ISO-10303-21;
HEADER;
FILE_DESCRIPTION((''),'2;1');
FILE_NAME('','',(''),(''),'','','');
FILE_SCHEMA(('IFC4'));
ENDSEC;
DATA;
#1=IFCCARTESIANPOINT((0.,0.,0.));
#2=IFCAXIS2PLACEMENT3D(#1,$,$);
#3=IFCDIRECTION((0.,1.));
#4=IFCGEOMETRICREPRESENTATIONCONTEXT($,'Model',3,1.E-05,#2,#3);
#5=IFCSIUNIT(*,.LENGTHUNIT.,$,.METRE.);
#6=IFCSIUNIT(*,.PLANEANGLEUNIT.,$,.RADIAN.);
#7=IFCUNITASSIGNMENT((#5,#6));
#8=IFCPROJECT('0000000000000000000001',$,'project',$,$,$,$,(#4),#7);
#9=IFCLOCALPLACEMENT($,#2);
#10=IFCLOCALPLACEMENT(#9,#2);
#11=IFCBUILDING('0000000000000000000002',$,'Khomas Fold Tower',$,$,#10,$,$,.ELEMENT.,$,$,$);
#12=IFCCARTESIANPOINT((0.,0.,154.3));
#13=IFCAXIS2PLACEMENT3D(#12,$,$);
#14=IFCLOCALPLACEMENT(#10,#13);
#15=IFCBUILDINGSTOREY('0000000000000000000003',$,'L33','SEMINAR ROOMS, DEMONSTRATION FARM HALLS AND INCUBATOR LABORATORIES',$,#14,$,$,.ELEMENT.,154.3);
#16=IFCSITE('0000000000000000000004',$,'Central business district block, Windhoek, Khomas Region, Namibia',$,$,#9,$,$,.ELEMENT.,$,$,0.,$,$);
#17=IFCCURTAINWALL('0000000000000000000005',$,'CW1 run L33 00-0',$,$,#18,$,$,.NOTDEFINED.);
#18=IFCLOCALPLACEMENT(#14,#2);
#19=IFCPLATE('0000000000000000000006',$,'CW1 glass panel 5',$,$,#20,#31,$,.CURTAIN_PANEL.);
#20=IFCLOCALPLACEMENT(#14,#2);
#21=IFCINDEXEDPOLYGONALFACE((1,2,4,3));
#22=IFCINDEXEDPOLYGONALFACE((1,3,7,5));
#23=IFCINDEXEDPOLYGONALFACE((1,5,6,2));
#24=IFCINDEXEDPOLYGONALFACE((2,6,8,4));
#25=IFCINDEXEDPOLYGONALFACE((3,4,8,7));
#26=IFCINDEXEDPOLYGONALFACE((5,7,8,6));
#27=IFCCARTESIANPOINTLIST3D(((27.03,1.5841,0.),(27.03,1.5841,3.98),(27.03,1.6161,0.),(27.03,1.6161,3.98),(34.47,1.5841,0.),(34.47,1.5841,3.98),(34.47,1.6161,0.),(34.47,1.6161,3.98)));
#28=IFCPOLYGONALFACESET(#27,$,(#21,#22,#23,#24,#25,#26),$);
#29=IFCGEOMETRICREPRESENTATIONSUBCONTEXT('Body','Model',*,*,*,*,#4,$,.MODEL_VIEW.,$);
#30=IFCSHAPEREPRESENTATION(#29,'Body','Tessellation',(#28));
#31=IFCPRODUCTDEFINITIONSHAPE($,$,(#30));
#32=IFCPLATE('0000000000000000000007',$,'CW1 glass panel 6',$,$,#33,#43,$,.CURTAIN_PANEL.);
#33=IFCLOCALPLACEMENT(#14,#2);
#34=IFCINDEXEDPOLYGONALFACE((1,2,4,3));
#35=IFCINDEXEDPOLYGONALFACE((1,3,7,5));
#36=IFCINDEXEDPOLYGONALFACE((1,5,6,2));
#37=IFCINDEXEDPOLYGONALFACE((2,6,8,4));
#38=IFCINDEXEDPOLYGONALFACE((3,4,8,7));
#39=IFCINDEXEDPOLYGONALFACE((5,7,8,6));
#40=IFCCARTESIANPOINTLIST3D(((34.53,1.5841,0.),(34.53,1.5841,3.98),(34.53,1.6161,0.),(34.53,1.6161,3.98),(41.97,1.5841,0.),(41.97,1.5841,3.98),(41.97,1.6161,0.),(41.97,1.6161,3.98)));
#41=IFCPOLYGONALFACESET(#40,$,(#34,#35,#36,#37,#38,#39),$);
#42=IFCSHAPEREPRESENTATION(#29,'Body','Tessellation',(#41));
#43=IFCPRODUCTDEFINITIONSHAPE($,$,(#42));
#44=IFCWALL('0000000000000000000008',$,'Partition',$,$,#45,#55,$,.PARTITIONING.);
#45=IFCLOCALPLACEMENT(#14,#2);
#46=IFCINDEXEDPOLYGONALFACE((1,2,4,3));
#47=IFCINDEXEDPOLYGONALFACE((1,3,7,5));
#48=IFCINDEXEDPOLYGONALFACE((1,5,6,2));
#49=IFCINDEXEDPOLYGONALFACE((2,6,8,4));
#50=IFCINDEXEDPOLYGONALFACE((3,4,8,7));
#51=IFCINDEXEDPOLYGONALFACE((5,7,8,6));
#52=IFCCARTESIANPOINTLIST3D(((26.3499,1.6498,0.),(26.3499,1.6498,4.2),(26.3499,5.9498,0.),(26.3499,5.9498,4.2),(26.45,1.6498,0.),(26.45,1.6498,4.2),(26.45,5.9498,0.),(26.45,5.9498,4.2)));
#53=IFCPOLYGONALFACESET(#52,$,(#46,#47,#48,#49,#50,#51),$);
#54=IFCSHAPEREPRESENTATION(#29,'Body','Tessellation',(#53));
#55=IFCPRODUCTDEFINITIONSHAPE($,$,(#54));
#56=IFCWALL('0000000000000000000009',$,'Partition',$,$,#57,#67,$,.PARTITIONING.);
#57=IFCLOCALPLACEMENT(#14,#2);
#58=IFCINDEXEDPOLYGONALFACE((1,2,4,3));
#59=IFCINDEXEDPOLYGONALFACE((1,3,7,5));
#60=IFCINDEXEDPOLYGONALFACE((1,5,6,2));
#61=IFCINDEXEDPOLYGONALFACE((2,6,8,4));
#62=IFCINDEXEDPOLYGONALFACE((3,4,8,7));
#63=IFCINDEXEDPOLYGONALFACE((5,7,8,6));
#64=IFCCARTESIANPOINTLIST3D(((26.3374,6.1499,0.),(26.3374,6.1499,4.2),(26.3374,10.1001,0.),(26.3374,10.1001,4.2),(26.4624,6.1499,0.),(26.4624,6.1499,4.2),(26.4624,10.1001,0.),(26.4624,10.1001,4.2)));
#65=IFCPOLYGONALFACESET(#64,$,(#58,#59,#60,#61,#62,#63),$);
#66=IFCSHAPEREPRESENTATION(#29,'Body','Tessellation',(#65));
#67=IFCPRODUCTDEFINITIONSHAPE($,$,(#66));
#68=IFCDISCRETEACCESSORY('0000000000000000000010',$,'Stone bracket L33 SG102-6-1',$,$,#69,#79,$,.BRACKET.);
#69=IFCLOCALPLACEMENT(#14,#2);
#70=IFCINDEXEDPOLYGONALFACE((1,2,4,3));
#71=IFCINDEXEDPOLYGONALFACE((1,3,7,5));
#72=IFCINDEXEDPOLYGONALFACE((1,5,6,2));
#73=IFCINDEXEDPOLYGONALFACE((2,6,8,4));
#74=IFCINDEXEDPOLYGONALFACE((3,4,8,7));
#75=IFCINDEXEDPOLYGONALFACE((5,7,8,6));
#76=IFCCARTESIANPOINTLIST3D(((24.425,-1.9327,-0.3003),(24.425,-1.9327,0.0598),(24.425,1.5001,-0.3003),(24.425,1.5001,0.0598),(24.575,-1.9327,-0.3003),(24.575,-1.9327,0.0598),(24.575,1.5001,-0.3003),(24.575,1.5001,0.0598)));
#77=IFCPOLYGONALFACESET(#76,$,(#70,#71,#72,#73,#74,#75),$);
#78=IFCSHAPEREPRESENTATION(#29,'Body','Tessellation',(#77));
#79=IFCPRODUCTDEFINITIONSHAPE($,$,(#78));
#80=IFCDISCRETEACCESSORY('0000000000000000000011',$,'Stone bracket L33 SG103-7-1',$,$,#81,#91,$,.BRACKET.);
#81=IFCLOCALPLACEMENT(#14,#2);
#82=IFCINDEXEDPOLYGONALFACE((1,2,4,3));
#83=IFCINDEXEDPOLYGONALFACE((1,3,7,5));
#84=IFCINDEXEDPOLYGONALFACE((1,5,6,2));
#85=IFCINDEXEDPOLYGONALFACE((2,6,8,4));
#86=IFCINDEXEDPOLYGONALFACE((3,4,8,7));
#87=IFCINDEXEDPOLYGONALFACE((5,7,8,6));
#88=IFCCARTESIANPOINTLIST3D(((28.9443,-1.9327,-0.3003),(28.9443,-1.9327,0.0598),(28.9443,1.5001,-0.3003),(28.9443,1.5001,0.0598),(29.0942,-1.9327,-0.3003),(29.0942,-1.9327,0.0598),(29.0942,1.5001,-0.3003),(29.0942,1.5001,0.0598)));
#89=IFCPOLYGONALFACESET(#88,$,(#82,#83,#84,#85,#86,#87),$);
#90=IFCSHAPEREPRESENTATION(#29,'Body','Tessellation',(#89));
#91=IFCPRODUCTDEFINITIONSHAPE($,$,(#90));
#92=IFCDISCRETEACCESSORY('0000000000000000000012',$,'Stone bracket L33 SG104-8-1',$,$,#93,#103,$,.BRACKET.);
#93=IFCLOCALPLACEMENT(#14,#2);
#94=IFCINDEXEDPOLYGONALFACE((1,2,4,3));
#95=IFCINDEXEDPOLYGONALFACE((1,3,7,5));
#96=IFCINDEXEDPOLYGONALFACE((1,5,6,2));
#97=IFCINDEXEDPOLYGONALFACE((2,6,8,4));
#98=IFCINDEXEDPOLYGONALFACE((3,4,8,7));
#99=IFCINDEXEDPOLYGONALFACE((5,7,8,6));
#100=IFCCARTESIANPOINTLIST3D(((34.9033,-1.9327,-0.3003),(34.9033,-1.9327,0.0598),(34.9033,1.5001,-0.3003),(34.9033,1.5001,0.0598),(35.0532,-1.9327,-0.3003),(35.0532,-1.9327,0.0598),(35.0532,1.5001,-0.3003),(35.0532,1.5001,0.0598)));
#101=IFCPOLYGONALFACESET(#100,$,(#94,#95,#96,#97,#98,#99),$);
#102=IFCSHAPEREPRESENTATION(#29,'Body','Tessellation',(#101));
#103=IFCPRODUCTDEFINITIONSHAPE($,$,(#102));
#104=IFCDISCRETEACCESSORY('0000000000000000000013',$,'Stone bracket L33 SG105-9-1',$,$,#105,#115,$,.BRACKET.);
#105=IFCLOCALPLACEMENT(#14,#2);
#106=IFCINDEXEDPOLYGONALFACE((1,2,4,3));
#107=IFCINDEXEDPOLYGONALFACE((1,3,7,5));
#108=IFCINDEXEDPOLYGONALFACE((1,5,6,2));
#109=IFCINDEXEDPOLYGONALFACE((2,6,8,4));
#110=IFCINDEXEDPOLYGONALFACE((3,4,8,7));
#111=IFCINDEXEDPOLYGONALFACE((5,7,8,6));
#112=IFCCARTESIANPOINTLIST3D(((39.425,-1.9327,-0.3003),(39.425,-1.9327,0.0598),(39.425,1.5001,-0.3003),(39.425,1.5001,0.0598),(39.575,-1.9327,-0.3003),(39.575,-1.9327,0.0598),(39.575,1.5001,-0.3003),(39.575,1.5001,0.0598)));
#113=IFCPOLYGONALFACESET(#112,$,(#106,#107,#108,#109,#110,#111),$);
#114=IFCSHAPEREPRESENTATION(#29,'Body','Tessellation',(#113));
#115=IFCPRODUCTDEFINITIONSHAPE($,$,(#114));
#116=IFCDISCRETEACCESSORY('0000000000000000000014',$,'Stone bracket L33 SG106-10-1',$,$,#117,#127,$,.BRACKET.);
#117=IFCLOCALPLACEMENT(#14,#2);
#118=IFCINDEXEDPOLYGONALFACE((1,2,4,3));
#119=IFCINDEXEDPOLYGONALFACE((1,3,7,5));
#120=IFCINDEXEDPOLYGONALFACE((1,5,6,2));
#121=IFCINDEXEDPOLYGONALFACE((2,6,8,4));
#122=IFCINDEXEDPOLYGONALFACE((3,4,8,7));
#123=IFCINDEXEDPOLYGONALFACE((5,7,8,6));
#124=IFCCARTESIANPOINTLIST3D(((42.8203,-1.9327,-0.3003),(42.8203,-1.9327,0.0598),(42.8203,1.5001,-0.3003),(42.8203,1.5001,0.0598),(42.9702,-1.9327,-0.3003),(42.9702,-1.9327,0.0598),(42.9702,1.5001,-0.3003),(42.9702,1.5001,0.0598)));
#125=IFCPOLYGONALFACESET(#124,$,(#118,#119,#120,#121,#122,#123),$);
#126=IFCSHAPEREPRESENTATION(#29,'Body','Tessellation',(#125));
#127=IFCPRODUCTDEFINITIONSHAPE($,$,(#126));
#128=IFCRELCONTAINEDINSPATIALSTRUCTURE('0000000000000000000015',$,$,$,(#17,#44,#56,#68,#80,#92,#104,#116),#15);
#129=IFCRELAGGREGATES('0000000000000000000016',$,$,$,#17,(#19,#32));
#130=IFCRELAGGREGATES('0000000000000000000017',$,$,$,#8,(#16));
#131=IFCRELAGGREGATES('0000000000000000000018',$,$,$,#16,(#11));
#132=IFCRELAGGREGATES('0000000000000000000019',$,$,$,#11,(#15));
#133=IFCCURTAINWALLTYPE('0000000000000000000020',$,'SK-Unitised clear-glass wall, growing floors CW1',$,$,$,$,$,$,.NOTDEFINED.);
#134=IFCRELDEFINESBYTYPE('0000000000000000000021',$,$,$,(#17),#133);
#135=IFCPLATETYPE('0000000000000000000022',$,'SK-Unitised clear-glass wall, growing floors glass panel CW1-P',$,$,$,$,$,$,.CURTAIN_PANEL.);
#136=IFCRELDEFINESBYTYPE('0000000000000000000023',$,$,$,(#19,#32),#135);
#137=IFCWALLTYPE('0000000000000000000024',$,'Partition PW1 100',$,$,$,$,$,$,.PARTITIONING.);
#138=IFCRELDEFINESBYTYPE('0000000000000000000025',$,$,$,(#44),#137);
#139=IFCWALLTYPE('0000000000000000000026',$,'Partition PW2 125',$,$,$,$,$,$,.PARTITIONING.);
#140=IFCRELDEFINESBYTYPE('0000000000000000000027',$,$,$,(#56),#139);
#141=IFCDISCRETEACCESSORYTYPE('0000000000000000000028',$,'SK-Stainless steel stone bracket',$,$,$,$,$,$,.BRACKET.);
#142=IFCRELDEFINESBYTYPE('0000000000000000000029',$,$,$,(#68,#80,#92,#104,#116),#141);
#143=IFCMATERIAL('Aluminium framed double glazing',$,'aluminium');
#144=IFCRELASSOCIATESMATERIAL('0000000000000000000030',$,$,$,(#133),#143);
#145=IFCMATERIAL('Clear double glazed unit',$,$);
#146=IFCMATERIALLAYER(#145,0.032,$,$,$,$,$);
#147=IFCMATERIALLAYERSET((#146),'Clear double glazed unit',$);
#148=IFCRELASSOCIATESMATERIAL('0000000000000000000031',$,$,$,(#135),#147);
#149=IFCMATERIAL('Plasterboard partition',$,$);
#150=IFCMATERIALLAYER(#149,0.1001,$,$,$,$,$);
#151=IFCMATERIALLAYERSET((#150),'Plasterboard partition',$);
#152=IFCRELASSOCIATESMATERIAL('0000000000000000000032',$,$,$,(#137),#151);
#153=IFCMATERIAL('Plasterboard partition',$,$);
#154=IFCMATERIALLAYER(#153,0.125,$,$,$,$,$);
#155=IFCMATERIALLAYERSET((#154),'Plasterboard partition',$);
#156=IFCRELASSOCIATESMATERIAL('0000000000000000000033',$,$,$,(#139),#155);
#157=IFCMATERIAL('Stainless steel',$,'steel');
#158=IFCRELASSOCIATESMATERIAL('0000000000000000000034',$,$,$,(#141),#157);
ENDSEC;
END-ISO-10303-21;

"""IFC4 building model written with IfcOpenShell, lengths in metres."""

from ifc_helpers import new_model, si_unit, direction, frame, frame_2d, origin, origin_2d, place, context, subcontext, project, spatial, rectangle, extrude, source, transform, mapped, material, layer, layer_set, type_object, element, aggregate, save


model = new_model("IFC4")

# Units and contexts
model_context = context("Model", 3, precision=1e-05, world=origin(), true_north=direction((0.0, 1.0)))
body_context = subcontext(model_context, "Body", "Model", "MODEL_VIEW")
ifc_project = project(units=[si_unit("LENGTHUNIT", "METRE"), si_unit("PLANEANGLEUNIT", "RADIAN")], contexts=[model_context])

# Site, building, storey
site_placement = place(None, origin())
site = spatial("IfcSite", under=ifc_project, at=site_placement, Name="Central business district block, Windhoek, Khomas Region, Namibia", CompositionType="ELEMENT", RefElevation=0.0)
building_placement = place(site_placement, origin())
building = spatial("IfcBuilding", under=site, at=building_placement, Name="Khomas Fold Tower", CompositionType="ELEMENT")
storey_placement = place(building_placement, frame((0.0, 0.0, 154.3)))
storey = spatial("IfcBuildingStorey", under=building, at=storey_placement, Name="L33", Description="SEMINAR ROOMS, DEMONSTRATION FARM HALLS AND INCUBATOR LABORATORIES", CompositionType="ELEMENT", Elevation=154.3)

# Curtain wall
ifc_material_1 = material(Name="Aluminium framed double glazing", Category="aluminium")
curtain_wall_type = type_object("IfcCurtainWallType", Name="SK-Unitised clear-glass wall, growing floors CW1", PredefinedType="NOTDEFINED", material=ifc_material_1)
curtain_wall_placement = place(storey_placement, origin())
curtain_wall = element("IfcCurtainWall", 1, at=curtain_wall_placement, inside=storey, type_object=curtain_wall_type, Name="CW1 run L33 00-0", PredefinedType="NOTDEFINED")

# Plates
ifc_material_2 = material(Name="Clear double glazed unit")
ifc_layer_1 = layer(ifc_material_2, 0.032)
ifc_layer_set_1 = layer_set([ifc_layer_1], Name="Clear double glazed unit")
plate_type_1 = type_object("IfcPlateType", Name="SK-Unitised clear-glass wall, growing floors glass panel CW1-P", PredefinedType="CURTAIN_PANEL", material=ifc_layer_set_1)
shared_shape_1 = source(origin(), body_context, "Body", "SweptSolid", [
    extrude(rectangle(XDim=7.4399, YDim=0.032, at=origin_2d()), origin(), (0.0, 0.0, 1.0), 3.98),
])
plate_1_placement = place(storey_placement, frame((30.75, 1.6001, 0.0), z_axis=(0.0, 0.0, 1.0), x_axis=(1.0, 0.0, 0.0)))
plate_1 = element("IfcPlate", 2, at=plate_1_placement, type_object=plate_type_1, Name="CW1 glass panel 5", PredefinedType="CURTAIN_PANEL", context=body_context, shape_type="MappedRepresentation", body=[
    mapped(shared_shape_1, transform((0.0, 0.0, 0.0))),
])
plate_2_placement = place(storey_placement, frame((38.25, 1.6001, 0.0), z_axis=(0.0, 0.0, 1.0), x_axis=(1.0, 0.0, 0.0)))
plate_2 = element("IfcPlate", 3, at=plate_2_placement, type_object=plate_type_1, Name="CW1 glass panel 6", PredefinedType="CURTAIN_PANEL", context=body_context, shape_type="MappedRepresentation", body=[
    mapped(shared_shape_1, transform((0.0, 0.0, 0.0))),
])
aggregate(curtain_wall, [plate_1, plate_2])

# Walls
ifc_material_3 = material(Name="Plasterboard partition")
ifc_layer_2 = layer(ifc_material_3, 0.1001)
ifc_layer_set_2 = layer_set([ifc_layer_2], Name="Plasterboard partition")
wall_type_1 = type_object("IfcWallType", Name="Partition PW1 100", PredefinedType="PARTITIONING", material=ifc_layer_set_2)
shared_shape_2 = source(origin(), body_context, "Body", "SweptSolid", [
    extrude(rectangle(XDim=4.3, YDim=0.1001, at=frame_2d((2.1499, 0.0))), origin(), (0.0, 0.0, 1.0), 4.2),
])
wall_1_placement = place(storey_placement, frame((26.3999, 1.6499, 0.0), z_axis=(0.0, 0.0, 1.0), x_axis=(0.0, 1.0, 0.0)))
element("IfcWall", 4, at=wall_1_placement, inside=storey, type_object=wall_type_1, Name="Partition", PredefinedType="PARTITIONING", context=body_context, shape_type="MappedRepresentation", body=[
    mapped(shared_shape_2, transform((0.0, 0.0, 0.0))),
])
ifc_material_4 = material(Name="Plasterboard partition")
ifc_layer_3 = layer(ifc_material_4, 0.125)
ifc_layer_set_3 = layer_set([ifc_layer_3], Name="Plasterboard partition")
wall_type_2 = type_object("IfcWallType", Name="Partition PW2 125", PredefinedType="PARTITIONING", material=ifc_layer_set_3)
shared_shape_3 = source(origin(), body_context, "Body", "SweptSolid", [
    extrude(rectangle(XDim=3.9502, YDim=0.125, at=frame_2d((1.9751, 0.0))), origin(), (0.0, 0.0, 1.0), 4.2),
])
wall_2_placement = place(storey_placement, frame((26.3999, 6.1499, 0.0), z_axis=(0.0, 0.0, 1.0), x_axis=(0.0, 1.0, 0.0)))
element("IfcWall", 5, at=wall_2_placement, inside=storey, type_object=wall_type_2, Name="Partition", PredefinedType="PARTITIONING", context=body_context, shape_type="MappedRepresentation", body=[
    mapped(shared_shape_3, transform((0.0, 0.0, 0.0))),
])

# Discrete accessories
ifc_material_5 = material(Name="Stainless steel", Category="steel")
discrete_accessory_type = type_object("IfcDiscreteAccessoryType", Name="SK-Stainless steel stone bracket", PredefinedType="BRACKET", material=ifc_material_5)
shared_shape_4 = source(origin(), body_context, "Body", "SweptSolid", [
    extrude(rectangle(XDim=3.4329, YDim=0.1499, at=origin_2d()), origin(), (0.0, 0.0, 1.0), 0.3601),
])
for number, where, z_axis, x_axis, name in (
    (6, (24.5, -0.2163, -0.3003), (0.0, 0.0, 1.0), (0.0, -1.0, 0.0), "Stone bracket L33 SG102-6-1"),
    (7, (29.0193, -0.2163, -0.3003), (0.0, 0.0, 1.0), (0.0, -1.0, 0.0), "Stone bracket L33 SG103-7-1"),
    (8, (34.9783, -0.2163, -0.3003), (0.0, 0.0, 1.0), (0.0, -1.0, 0.0), "Stone bracket L33 SG104-8-1"),
    (9, (39.5, -0.2163, -0.3003), (0.0, 0.0, 1.0), (0.0, -1.0, 0.0), "Stone bracket L33 SG105-9-1"),
    (10, (42.8953, -0.2163, -0.3003), (0.0, 0.0, 1.0), (0.0, -1.0, 0.0), "Stone bracket L33 SG106-10-1"),
):
    element("IfcDiscreteAccessory", number, at=place(storey_placement, frame(where, z_axis=z_axis, x_axis=x_axis)), inside=storey, type_object=discrete_accessory_type, Name=name, PredefinedType="BRACKET", context=body_context, shape_type="MappedRepresentation", body=[
        mapped(shared_shape_4, transform((0.0, 0.0, 0.0))),
    ])

save(model, "model.ifc")
